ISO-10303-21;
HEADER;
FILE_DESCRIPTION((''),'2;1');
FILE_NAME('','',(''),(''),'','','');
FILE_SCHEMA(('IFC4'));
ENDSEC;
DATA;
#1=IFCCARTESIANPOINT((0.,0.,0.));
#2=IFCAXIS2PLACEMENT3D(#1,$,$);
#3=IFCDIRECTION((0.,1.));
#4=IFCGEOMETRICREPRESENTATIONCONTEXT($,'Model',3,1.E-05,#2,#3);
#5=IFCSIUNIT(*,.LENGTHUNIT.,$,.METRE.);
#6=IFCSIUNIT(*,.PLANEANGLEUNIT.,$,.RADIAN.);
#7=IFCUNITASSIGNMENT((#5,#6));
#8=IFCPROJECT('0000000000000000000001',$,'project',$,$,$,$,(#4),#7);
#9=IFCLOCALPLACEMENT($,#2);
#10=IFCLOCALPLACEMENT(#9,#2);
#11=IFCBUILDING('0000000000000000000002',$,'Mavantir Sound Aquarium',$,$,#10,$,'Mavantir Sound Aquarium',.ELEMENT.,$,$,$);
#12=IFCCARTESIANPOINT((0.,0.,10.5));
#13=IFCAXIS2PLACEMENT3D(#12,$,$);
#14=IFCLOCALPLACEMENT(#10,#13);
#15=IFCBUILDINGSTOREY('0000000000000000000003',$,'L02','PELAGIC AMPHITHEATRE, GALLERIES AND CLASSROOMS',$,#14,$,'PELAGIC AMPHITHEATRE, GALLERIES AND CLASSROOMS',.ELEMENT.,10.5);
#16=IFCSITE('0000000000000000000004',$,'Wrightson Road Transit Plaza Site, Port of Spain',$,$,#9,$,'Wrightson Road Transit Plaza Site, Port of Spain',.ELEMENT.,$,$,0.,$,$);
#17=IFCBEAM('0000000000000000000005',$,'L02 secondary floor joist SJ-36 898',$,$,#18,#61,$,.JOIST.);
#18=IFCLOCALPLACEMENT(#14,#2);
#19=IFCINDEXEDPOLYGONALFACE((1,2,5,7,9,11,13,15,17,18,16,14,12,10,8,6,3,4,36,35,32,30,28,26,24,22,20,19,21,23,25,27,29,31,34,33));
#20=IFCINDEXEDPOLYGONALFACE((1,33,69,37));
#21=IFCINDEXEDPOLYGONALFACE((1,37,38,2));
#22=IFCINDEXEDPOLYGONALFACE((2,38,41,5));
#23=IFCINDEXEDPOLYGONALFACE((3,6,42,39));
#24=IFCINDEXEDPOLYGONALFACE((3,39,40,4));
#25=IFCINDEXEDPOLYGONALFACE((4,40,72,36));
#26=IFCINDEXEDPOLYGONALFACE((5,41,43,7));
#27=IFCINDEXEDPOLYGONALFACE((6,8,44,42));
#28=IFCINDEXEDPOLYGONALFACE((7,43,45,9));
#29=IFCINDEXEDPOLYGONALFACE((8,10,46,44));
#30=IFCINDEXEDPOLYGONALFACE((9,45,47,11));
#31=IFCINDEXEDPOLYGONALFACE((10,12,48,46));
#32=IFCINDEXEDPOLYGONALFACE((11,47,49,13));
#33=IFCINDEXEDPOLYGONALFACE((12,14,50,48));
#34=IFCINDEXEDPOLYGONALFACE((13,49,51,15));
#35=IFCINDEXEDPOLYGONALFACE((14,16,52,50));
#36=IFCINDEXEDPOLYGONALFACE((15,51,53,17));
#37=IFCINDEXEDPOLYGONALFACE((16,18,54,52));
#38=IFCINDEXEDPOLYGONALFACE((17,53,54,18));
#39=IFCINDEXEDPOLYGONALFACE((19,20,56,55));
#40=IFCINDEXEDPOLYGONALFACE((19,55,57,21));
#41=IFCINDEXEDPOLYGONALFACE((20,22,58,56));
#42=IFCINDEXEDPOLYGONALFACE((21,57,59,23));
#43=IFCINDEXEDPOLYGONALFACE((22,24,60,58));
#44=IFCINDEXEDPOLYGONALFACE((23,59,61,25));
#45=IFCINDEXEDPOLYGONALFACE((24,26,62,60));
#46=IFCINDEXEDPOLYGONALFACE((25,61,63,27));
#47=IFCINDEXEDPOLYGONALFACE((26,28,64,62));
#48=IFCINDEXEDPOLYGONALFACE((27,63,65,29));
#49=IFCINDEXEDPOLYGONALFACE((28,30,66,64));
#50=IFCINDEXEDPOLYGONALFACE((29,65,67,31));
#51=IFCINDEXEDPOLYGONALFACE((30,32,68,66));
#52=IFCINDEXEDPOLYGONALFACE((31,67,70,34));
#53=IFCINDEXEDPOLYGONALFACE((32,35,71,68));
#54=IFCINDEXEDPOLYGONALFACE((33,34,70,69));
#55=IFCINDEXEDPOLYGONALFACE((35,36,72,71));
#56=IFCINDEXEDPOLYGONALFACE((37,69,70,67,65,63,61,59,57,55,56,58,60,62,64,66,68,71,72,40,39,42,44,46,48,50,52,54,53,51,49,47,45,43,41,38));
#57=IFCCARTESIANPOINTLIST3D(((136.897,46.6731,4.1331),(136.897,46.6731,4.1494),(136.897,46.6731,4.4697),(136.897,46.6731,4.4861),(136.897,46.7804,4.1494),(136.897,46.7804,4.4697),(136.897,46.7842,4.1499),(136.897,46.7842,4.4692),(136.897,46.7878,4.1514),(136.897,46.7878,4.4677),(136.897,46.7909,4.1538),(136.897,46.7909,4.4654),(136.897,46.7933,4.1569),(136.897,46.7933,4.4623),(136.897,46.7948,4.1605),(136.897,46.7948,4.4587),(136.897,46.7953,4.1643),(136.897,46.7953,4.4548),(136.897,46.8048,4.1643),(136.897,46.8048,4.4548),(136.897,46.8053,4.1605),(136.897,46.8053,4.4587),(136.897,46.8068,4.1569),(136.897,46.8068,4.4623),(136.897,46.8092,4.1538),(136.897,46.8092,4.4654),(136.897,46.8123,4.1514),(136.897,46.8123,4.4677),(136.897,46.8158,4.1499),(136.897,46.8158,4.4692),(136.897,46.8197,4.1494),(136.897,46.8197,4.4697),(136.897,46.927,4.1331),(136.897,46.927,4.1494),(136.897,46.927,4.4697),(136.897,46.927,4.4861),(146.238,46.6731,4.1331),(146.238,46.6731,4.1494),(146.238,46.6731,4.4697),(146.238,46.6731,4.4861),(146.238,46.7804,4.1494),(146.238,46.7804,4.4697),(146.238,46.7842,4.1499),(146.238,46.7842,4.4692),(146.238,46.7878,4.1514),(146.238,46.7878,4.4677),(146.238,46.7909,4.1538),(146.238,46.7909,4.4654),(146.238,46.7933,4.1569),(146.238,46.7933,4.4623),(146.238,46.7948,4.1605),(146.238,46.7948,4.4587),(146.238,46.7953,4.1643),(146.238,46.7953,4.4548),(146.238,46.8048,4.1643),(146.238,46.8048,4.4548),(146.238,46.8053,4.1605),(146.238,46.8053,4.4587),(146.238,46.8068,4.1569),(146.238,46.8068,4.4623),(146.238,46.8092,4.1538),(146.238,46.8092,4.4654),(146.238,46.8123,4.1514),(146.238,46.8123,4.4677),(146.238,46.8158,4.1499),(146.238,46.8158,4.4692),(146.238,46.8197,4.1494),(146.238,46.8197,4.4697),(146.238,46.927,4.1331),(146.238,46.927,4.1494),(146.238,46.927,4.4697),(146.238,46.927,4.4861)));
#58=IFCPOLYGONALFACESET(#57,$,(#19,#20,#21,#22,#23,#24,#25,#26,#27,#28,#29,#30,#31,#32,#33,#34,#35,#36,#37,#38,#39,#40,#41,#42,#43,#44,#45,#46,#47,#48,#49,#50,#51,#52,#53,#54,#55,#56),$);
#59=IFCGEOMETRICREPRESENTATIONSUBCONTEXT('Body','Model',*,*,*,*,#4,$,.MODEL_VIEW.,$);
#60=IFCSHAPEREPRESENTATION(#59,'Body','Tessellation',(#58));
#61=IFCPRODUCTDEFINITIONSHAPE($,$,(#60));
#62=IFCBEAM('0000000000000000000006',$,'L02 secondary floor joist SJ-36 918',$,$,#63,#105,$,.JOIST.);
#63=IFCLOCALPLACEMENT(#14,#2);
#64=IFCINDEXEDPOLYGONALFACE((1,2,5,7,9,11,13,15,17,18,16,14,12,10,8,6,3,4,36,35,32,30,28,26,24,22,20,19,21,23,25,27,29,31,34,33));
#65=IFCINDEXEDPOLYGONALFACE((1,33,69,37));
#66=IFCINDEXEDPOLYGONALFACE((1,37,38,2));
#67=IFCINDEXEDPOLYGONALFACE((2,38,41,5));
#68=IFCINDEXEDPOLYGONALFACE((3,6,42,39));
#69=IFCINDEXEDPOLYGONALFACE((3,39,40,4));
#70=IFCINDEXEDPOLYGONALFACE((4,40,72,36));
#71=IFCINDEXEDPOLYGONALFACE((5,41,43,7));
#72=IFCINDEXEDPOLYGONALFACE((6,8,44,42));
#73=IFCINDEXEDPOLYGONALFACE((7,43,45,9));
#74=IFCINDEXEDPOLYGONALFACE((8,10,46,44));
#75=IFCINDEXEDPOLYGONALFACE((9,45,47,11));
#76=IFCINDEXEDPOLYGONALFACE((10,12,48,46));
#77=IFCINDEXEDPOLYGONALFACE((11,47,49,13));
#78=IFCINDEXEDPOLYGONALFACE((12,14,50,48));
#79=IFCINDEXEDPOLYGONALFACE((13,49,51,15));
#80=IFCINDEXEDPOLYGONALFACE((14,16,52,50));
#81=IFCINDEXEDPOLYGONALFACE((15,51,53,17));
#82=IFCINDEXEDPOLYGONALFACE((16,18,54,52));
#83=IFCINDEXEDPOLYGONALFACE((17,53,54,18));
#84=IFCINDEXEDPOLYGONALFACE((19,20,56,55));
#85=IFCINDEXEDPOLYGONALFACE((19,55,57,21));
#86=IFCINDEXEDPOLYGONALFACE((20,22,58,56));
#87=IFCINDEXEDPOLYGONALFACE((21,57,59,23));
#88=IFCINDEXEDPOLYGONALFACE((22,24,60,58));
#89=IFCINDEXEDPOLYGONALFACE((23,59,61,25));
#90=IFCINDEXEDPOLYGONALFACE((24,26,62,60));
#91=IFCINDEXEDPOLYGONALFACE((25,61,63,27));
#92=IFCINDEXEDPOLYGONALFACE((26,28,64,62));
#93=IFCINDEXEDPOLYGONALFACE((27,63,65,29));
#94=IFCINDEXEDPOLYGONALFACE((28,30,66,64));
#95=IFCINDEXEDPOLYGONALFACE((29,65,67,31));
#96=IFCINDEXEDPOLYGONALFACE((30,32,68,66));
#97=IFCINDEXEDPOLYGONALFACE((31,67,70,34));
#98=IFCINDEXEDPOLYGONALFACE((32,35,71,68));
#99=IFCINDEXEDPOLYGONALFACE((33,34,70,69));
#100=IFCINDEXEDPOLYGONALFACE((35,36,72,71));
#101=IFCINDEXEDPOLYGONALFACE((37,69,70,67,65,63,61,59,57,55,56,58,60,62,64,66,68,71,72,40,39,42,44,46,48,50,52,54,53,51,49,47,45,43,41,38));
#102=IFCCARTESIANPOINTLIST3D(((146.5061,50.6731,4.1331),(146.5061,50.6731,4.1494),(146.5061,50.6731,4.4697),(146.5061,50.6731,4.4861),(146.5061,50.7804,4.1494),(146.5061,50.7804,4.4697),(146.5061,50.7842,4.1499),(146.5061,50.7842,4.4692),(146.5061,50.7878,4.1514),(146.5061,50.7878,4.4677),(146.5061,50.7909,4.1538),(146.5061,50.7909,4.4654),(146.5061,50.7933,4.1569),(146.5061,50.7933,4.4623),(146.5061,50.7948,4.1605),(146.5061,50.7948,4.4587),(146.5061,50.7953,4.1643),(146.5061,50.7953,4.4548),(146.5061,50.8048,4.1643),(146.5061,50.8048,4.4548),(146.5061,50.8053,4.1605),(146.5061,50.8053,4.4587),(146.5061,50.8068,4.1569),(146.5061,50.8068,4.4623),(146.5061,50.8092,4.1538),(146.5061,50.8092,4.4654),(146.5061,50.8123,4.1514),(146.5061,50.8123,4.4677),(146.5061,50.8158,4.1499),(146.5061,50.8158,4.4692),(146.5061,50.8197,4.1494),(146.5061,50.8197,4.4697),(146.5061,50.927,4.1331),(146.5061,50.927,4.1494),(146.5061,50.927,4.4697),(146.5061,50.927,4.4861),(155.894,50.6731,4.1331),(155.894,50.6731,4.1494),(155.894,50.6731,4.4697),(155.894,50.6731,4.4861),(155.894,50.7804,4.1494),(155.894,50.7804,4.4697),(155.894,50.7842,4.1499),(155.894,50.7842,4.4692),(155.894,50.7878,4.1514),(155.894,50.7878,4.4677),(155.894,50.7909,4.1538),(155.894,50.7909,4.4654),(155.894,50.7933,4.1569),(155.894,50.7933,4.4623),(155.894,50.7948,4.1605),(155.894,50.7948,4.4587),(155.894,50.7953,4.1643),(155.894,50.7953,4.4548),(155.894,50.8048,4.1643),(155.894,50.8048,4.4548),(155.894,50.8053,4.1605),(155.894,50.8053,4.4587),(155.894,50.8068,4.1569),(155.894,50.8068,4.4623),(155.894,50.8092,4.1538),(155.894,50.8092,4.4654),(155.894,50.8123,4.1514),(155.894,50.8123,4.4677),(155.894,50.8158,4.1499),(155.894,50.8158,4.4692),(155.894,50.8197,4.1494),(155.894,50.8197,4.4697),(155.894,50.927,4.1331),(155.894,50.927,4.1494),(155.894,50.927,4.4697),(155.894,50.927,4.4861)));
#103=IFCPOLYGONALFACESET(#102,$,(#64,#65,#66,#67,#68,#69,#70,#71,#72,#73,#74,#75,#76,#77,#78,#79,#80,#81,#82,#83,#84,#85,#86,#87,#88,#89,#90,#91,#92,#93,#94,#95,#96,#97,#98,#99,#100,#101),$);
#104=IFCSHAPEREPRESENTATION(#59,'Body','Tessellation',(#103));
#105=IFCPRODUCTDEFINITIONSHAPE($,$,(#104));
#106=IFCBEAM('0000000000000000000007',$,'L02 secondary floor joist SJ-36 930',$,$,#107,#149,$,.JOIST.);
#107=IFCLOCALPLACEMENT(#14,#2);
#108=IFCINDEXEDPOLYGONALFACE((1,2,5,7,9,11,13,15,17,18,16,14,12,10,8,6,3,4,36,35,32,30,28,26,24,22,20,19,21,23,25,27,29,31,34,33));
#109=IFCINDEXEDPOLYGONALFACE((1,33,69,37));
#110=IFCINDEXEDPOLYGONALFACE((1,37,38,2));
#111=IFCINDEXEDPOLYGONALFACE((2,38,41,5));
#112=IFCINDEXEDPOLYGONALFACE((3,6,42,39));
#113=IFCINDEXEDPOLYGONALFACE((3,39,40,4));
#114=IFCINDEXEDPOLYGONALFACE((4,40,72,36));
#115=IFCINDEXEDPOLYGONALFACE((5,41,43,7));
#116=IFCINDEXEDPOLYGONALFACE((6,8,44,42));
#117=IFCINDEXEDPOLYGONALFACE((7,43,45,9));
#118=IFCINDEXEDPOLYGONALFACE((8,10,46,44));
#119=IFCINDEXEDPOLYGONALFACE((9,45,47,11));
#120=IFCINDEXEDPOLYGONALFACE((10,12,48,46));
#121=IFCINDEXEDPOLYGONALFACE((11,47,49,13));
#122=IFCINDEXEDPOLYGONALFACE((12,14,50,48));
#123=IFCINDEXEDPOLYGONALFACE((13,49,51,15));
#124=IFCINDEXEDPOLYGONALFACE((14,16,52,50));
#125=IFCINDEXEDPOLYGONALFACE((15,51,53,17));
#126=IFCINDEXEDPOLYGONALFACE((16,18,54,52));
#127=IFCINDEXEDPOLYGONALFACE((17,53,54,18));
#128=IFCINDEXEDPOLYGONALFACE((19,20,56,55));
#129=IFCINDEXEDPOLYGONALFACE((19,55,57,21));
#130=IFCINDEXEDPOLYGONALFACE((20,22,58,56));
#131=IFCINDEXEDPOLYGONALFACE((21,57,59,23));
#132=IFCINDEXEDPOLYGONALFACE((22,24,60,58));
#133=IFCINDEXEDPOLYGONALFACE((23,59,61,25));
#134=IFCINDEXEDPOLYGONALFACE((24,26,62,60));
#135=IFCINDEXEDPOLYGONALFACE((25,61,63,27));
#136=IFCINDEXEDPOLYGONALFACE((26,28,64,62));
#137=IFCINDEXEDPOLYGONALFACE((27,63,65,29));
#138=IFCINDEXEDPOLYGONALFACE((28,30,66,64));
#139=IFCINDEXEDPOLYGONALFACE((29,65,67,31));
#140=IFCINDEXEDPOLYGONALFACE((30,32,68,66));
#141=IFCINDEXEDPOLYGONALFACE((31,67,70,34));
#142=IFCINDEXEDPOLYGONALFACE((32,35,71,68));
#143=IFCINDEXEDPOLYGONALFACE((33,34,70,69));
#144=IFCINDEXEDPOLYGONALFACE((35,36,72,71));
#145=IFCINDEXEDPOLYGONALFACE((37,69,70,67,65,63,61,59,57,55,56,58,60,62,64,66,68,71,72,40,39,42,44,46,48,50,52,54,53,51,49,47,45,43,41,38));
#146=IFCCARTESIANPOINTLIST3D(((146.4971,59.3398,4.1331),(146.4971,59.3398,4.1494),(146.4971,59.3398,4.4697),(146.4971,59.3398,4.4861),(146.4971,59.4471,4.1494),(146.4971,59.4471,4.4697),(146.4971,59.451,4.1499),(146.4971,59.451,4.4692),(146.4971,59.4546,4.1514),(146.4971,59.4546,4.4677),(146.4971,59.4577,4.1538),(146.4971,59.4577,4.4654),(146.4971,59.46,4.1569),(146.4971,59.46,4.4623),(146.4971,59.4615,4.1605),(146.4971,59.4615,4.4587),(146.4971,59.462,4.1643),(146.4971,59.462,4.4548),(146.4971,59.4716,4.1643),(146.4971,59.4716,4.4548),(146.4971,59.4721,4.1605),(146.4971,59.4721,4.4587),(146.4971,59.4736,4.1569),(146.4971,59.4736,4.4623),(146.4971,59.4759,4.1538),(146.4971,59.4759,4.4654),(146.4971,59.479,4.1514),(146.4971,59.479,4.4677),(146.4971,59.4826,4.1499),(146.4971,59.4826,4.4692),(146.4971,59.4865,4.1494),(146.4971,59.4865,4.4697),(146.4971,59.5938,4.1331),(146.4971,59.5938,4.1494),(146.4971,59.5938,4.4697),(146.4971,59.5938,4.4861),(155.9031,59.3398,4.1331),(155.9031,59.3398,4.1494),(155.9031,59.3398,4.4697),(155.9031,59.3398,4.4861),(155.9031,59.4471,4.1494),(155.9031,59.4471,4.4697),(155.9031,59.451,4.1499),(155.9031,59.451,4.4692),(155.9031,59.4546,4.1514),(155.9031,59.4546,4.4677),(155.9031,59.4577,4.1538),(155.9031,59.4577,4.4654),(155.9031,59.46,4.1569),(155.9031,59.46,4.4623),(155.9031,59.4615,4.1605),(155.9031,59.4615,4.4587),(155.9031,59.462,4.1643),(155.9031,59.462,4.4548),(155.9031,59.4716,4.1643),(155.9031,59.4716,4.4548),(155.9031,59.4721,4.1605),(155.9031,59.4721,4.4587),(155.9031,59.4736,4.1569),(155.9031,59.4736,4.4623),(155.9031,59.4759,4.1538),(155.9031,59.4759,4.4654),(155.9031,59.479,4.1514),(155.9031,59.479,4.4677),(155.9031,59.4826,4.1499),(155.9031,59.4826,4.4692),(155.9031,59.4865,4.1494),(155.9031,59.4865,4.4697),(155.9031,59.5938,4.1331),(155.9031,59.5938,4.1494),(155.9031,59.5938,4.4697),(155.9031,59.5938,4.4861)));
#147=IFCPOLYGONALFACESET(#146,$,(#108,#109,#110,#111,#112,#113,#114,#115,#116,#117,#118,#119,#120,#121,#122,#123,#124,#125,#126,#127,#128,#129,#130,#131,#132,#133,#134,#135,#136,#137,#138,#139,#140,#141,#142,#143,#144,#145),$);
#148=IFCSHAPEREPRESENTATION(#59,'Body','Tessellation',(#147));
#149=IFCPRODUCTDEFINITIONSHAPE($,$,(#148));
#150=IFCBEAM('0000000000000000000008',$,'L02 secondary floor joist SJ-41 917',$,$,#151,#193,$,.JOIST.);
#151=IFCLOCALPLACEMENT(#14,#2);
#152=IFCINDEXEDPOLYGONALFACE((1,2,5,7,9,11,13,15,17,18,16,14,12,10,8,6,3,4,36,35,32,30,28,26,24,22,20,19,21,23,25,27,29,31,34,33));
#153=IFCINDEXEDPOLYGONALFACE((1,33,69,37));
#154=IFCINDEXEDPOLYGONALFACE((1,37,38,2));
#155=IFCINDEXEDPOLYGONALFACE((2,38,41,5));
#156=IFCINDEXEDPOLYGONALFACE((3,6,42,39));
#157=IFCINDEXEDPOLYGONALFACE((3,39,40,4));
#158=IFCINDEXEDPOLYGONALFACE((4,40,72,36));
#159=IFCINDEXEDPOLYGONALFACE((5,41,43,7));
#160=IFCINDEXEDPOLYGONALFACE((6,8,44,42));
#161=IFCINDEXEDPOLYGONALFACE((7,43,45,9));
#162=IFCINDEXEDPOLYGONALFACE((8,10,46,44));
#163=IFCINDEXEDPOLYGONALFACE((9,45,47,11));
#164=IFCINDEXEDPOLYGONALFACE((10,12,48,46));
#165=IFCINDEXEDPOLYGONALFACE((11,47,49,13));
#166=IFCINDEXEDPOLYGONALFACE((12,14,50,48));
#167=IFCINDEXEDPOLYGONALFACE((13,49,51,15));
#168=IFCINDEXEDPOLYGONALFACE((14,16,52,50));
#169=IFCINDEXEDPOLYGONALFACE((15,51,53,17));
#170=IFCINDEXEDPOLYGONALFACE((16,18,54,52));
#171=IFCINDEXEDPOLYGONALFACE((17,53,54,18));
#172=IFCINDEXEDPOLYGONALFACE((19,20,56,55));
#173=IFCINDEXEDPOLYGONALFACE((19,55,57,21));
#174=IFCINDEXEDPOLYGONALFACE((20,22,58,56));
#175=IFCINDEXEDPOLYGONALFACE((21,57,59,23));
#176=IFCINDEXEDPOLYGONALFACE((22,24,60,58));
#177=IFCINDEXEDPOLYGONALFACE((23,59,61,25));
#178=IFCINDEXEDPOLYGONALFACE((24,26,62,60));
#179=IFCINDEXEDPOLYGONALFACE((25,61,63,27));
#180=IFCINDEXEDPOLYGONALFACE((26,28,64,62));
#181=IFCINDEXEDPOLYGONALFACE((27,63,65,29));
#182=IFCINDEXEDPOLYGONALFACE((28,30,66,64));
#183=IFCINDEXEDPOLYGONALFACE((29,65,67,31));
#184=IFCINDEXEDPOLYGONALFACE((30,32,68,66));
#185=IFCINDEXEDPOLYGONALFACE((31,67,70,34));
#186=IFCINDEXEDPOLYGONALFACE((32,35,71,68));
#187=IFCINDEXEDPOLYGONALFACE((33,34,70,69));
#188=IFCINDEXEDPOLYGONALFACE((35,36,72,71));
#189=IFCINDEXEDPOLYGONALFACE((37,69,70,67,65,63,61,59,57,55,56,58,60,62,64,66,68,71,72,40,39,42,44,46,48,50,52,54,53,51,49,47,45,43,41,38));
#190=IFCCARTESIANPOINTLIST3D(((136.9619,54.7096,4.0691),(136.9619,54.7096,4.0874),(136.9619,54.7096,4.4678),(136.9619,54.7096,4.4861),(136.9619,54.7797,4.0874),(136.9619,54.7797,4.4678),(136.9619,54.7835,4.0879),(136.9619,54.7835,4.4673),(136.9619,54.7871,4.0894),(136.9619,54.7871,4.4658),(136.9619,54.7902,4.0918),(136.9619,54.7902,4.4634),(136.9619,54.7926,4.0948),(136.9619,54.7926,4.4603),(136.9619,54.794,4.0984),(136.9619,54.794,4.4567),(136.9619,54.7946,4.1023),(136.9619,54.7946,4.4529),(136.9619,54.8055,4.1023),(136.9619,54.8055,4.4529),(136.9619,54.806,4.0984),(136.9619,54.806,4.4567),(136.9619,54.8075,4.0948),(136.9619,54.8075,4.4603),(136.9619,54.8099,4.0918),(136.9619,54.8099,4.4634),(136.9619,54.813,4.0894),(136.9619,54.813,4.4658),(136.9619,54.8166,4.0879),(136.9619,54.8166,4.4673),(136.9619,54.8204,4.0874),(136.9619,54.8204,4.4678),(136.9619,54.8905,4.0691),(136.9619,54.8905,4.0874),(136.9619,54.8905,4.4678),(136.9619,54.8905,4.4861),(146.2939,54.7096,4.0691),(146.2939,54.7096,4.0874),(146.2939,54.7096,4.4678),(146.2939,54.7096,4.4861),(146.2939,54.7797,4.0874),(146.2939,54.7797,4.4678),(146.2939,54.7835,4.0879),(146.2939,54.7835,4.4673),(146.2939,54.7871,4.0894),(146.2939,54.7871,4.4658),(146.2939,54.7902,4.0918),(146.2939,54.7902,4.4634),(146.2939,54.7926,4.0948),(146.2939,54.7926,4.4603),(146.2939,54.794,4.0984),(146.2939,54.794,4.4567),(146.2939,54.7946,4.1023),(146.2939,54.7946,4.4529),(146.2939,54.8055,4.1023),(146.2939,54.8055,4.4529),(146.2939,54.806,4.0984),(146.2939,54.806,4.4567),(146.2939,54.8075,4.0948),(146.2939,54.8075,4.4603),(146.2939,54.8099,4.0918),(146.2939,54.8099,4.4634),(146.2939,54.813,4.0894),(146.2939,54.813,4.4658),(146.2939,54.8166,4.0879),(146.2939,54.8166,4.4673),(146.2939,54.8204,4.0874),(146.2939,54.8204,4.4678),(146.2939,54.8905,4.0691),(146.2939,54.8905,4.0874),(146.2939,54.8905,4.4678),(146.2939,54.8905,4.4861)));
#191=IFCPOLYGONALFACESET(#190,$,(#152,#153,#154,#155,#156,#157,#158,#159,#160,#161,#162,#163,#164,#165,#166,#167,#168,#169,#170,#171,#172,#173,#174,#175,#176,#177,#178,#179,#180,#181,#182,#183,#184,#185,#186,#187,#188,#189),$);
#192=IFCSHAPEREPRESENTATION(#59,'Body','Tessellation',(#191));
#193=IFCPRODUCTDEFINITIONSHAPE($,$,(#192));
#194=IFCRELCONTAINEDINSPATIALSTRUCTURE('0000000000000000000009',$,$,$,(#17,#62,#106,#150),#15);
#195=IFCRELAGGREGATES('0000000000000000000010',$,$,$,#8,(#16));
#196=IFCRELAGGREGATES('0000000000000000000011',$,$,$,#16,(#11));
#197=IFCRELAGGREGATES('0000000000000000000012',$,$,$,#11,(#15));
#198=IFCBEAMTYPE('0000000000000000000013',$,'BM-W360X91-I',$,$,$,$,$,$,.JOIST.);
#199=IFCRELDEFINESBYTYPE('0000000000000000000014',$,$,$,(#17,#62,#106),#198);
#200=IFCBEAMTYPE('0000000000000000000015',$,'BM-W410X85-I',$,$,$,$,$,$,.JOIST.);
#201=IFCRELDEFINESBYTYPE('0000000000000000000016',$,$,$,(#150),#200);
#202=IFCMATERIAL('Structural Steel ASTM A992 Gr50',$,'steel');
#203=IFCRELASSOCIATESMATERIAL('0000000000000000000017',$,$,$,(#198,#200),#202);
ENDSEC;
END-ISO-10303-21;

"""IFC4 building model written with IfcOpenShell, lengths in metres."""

from ifc_helpers import new_model, si_unit, direction, frame, origin, origin_2d, place, context, subcontext, project, spatial, i_section, extrude, material, material_profile, profile_set, type_object, element, save


model = new_model("IFC4")

# Units and contexts
model_context = context("Model", 3, precision=1e-05, world=origin(), true_north=direction((0.0, 1.0)))
body_context = subcontext(model_context, "Body", "Model", "MODEL_VIEW")
ifc_project = project(units=[si_unit("LENGTHUNIT", "METRE"), si_unit("PLANEANGLEUNIT", "RADIAN")], contexts=[model_context])

# Site, building, storey
site_placement = place(None, origin())
site = spatial("IfcSite", under=ifc_project, at=site_placement, Name="Wrightson Road Transit Plaza Site, Port of Spain", LongName="Wrightson Road Transit Plaza Site, Port of Spain", CompositionType="ELEMENT", RefElevation=0.0)
building_placement = place(site_placement, origin())
building = spatial("IfcBuilding", under=site, at=building_placement, Name="Mavantir Sound Aquarium", LongName="Mavantir Sound Aquarium", CompositionType="ELEMENT")
storey_placement = place(building_placement, frame((0.0, 0.0, 10.5)))
storey = spatial("IfcBuildingStorey", under=building, at=storey_placement, Name="L02", Description="PELAGIC AMPHITHEATRE, GALLERIES AND CLASSROOMS", LongName="PELAGIC AMPHITHEATRE, GALLERIES AND CLASSROOMS", CompositionType="ELEMENT", Elevation=10.5)

# Beams
ifc_material_1 = material(Name="Structural Steel ASTM A992 Gr50", Category="steel")
ifc_material_profile_1 = material_profile(ifc_material_1, i_section(OverallWidth=0.2539, OverallDepth=0.353, WebThickness=0.0095, FlangeThickness=0.0164, FilletRadius=0.0149, at=origin_2d()), Name="W360X91")
ifc_profile_set_1 = profile_set([ifc_material_profile_1], Name="Structural Steel ASTM A992 Gr50")
beam_type_1 = type_object("IfcBeamType", Name="BM-W360X91-I", PredefinedType="JOIST", material=ifc_profile_set_1)
beam_1_placement = place(storey_placement, frame((136.897, 46.8, 4.3096), z_axis=(1.0, 0.0, 0.0), x_axis=(0.0, 1.0, 0.0)))
element("IfcBeam", 1, at=beam_1_placement, inside=storey, type_object=beam_type_1, Name="L02 secondary floor joist SJ-36 898", PredefinedType="JOIST", context=body_context, shape_type="SweptSolid", body=[
    extrude(i_section(OverallWidth=0.2539, OverallDepth=0.353, WebThickness=0.0095, FlangeThickness=0.0164, FilletRadius=0.0149, at=origin_2d()), origin(), (0.0, 0.0, 1.0), 9.3411),
])
beam_2_placement = place(storey_placement, frame((146.5061, 50.8, 4.3096), z_axis=(1.0, 0.0, 0.0), x_axis=(0.0, 1.0, 0.0)))
element("IfcBeam", 2, at=beam_2_placement, inside=storey, type_object=beam_type_1, Name="L02 secondary floor joist SJ-36 918", PredefinedType="JOIST", context=body_context, shape_type="SweptSolid", body=[
    extrude(i_section(OverallWidth=0.2539, OverallDepth=0.353, WebThickness=0.0095, FlangeThickness=0.0164, FilletRadius=0.0149, at=origin_2d()), origin(), (0.0, 0.0, 1.0), 9.3879),
])
beam_3_placement = place(storey_placement, frame((146.4971, 59.4668, 4.3096), z_axis=(1.0, 0.0, 0.0), x_axis=(0.0, 1.0, 0.0)))
element("IfcBeam", 3, at=beam_3_placement, inside=storey, type_object=beam_type_1, Name="L02 secondary floor joist SJ-36 930", PredefinedType="JOIST", context=body_context, shape_type="SweptSolid", body=[
    extrude(i_section(OverallWidth=0.2539, OverallDepth=0.353, WebThickness=0.0095, FlangeThickness=0.0164, FilletRadius=0.0149, at=origin_2d()), origin(), (0.0, 0.0, 1.0), 9.406),
])
ifc_material_profile_2 = material_profile(ifc_material_1, i_section(OverallWidth=0.1809, OverallDepth=0.417, WebThickness=0.011, FlangeThickness=0.0183, FilletRadius=0.0149, at=origin_2d()), Name="W410X85")
ifc_profile_set_2 = profile_set([ifc_material_profile_2], Name="Structural Steel ASTM A992 Gr50")
beam_type_2 = type_object("IfcBeamType", Name="BM-W410X85-I", PredefinedType="JOIST", material=ifc_profile_set_2)
beam_4_placement = place(storey_placement, frame((136.9619, 54.8, 4.2776), z_axis=(1.0, 0.0, 0.0), x_axis=(0.0, 1.0, 0.0)))
element("IfcBeam", 4, at=beam_4_placement, inside=storey, type_object=beam_type_2, Name="L02 secondary floor joist SJ-41 917", PredefinedType="JOIST", context=body_context, shape_type="SweptSolid", body=[
    extrude(i_section(OverallWidth=0.1809, OverallDepth=0.417, WebThickness=0.011, FlangeThickness=0.0183, FilletRadius=0.0149, at=origin_2d()), origin(), (0.0, 0.0, 1.0), 9.332),
])

save(model, "model.ifc")
